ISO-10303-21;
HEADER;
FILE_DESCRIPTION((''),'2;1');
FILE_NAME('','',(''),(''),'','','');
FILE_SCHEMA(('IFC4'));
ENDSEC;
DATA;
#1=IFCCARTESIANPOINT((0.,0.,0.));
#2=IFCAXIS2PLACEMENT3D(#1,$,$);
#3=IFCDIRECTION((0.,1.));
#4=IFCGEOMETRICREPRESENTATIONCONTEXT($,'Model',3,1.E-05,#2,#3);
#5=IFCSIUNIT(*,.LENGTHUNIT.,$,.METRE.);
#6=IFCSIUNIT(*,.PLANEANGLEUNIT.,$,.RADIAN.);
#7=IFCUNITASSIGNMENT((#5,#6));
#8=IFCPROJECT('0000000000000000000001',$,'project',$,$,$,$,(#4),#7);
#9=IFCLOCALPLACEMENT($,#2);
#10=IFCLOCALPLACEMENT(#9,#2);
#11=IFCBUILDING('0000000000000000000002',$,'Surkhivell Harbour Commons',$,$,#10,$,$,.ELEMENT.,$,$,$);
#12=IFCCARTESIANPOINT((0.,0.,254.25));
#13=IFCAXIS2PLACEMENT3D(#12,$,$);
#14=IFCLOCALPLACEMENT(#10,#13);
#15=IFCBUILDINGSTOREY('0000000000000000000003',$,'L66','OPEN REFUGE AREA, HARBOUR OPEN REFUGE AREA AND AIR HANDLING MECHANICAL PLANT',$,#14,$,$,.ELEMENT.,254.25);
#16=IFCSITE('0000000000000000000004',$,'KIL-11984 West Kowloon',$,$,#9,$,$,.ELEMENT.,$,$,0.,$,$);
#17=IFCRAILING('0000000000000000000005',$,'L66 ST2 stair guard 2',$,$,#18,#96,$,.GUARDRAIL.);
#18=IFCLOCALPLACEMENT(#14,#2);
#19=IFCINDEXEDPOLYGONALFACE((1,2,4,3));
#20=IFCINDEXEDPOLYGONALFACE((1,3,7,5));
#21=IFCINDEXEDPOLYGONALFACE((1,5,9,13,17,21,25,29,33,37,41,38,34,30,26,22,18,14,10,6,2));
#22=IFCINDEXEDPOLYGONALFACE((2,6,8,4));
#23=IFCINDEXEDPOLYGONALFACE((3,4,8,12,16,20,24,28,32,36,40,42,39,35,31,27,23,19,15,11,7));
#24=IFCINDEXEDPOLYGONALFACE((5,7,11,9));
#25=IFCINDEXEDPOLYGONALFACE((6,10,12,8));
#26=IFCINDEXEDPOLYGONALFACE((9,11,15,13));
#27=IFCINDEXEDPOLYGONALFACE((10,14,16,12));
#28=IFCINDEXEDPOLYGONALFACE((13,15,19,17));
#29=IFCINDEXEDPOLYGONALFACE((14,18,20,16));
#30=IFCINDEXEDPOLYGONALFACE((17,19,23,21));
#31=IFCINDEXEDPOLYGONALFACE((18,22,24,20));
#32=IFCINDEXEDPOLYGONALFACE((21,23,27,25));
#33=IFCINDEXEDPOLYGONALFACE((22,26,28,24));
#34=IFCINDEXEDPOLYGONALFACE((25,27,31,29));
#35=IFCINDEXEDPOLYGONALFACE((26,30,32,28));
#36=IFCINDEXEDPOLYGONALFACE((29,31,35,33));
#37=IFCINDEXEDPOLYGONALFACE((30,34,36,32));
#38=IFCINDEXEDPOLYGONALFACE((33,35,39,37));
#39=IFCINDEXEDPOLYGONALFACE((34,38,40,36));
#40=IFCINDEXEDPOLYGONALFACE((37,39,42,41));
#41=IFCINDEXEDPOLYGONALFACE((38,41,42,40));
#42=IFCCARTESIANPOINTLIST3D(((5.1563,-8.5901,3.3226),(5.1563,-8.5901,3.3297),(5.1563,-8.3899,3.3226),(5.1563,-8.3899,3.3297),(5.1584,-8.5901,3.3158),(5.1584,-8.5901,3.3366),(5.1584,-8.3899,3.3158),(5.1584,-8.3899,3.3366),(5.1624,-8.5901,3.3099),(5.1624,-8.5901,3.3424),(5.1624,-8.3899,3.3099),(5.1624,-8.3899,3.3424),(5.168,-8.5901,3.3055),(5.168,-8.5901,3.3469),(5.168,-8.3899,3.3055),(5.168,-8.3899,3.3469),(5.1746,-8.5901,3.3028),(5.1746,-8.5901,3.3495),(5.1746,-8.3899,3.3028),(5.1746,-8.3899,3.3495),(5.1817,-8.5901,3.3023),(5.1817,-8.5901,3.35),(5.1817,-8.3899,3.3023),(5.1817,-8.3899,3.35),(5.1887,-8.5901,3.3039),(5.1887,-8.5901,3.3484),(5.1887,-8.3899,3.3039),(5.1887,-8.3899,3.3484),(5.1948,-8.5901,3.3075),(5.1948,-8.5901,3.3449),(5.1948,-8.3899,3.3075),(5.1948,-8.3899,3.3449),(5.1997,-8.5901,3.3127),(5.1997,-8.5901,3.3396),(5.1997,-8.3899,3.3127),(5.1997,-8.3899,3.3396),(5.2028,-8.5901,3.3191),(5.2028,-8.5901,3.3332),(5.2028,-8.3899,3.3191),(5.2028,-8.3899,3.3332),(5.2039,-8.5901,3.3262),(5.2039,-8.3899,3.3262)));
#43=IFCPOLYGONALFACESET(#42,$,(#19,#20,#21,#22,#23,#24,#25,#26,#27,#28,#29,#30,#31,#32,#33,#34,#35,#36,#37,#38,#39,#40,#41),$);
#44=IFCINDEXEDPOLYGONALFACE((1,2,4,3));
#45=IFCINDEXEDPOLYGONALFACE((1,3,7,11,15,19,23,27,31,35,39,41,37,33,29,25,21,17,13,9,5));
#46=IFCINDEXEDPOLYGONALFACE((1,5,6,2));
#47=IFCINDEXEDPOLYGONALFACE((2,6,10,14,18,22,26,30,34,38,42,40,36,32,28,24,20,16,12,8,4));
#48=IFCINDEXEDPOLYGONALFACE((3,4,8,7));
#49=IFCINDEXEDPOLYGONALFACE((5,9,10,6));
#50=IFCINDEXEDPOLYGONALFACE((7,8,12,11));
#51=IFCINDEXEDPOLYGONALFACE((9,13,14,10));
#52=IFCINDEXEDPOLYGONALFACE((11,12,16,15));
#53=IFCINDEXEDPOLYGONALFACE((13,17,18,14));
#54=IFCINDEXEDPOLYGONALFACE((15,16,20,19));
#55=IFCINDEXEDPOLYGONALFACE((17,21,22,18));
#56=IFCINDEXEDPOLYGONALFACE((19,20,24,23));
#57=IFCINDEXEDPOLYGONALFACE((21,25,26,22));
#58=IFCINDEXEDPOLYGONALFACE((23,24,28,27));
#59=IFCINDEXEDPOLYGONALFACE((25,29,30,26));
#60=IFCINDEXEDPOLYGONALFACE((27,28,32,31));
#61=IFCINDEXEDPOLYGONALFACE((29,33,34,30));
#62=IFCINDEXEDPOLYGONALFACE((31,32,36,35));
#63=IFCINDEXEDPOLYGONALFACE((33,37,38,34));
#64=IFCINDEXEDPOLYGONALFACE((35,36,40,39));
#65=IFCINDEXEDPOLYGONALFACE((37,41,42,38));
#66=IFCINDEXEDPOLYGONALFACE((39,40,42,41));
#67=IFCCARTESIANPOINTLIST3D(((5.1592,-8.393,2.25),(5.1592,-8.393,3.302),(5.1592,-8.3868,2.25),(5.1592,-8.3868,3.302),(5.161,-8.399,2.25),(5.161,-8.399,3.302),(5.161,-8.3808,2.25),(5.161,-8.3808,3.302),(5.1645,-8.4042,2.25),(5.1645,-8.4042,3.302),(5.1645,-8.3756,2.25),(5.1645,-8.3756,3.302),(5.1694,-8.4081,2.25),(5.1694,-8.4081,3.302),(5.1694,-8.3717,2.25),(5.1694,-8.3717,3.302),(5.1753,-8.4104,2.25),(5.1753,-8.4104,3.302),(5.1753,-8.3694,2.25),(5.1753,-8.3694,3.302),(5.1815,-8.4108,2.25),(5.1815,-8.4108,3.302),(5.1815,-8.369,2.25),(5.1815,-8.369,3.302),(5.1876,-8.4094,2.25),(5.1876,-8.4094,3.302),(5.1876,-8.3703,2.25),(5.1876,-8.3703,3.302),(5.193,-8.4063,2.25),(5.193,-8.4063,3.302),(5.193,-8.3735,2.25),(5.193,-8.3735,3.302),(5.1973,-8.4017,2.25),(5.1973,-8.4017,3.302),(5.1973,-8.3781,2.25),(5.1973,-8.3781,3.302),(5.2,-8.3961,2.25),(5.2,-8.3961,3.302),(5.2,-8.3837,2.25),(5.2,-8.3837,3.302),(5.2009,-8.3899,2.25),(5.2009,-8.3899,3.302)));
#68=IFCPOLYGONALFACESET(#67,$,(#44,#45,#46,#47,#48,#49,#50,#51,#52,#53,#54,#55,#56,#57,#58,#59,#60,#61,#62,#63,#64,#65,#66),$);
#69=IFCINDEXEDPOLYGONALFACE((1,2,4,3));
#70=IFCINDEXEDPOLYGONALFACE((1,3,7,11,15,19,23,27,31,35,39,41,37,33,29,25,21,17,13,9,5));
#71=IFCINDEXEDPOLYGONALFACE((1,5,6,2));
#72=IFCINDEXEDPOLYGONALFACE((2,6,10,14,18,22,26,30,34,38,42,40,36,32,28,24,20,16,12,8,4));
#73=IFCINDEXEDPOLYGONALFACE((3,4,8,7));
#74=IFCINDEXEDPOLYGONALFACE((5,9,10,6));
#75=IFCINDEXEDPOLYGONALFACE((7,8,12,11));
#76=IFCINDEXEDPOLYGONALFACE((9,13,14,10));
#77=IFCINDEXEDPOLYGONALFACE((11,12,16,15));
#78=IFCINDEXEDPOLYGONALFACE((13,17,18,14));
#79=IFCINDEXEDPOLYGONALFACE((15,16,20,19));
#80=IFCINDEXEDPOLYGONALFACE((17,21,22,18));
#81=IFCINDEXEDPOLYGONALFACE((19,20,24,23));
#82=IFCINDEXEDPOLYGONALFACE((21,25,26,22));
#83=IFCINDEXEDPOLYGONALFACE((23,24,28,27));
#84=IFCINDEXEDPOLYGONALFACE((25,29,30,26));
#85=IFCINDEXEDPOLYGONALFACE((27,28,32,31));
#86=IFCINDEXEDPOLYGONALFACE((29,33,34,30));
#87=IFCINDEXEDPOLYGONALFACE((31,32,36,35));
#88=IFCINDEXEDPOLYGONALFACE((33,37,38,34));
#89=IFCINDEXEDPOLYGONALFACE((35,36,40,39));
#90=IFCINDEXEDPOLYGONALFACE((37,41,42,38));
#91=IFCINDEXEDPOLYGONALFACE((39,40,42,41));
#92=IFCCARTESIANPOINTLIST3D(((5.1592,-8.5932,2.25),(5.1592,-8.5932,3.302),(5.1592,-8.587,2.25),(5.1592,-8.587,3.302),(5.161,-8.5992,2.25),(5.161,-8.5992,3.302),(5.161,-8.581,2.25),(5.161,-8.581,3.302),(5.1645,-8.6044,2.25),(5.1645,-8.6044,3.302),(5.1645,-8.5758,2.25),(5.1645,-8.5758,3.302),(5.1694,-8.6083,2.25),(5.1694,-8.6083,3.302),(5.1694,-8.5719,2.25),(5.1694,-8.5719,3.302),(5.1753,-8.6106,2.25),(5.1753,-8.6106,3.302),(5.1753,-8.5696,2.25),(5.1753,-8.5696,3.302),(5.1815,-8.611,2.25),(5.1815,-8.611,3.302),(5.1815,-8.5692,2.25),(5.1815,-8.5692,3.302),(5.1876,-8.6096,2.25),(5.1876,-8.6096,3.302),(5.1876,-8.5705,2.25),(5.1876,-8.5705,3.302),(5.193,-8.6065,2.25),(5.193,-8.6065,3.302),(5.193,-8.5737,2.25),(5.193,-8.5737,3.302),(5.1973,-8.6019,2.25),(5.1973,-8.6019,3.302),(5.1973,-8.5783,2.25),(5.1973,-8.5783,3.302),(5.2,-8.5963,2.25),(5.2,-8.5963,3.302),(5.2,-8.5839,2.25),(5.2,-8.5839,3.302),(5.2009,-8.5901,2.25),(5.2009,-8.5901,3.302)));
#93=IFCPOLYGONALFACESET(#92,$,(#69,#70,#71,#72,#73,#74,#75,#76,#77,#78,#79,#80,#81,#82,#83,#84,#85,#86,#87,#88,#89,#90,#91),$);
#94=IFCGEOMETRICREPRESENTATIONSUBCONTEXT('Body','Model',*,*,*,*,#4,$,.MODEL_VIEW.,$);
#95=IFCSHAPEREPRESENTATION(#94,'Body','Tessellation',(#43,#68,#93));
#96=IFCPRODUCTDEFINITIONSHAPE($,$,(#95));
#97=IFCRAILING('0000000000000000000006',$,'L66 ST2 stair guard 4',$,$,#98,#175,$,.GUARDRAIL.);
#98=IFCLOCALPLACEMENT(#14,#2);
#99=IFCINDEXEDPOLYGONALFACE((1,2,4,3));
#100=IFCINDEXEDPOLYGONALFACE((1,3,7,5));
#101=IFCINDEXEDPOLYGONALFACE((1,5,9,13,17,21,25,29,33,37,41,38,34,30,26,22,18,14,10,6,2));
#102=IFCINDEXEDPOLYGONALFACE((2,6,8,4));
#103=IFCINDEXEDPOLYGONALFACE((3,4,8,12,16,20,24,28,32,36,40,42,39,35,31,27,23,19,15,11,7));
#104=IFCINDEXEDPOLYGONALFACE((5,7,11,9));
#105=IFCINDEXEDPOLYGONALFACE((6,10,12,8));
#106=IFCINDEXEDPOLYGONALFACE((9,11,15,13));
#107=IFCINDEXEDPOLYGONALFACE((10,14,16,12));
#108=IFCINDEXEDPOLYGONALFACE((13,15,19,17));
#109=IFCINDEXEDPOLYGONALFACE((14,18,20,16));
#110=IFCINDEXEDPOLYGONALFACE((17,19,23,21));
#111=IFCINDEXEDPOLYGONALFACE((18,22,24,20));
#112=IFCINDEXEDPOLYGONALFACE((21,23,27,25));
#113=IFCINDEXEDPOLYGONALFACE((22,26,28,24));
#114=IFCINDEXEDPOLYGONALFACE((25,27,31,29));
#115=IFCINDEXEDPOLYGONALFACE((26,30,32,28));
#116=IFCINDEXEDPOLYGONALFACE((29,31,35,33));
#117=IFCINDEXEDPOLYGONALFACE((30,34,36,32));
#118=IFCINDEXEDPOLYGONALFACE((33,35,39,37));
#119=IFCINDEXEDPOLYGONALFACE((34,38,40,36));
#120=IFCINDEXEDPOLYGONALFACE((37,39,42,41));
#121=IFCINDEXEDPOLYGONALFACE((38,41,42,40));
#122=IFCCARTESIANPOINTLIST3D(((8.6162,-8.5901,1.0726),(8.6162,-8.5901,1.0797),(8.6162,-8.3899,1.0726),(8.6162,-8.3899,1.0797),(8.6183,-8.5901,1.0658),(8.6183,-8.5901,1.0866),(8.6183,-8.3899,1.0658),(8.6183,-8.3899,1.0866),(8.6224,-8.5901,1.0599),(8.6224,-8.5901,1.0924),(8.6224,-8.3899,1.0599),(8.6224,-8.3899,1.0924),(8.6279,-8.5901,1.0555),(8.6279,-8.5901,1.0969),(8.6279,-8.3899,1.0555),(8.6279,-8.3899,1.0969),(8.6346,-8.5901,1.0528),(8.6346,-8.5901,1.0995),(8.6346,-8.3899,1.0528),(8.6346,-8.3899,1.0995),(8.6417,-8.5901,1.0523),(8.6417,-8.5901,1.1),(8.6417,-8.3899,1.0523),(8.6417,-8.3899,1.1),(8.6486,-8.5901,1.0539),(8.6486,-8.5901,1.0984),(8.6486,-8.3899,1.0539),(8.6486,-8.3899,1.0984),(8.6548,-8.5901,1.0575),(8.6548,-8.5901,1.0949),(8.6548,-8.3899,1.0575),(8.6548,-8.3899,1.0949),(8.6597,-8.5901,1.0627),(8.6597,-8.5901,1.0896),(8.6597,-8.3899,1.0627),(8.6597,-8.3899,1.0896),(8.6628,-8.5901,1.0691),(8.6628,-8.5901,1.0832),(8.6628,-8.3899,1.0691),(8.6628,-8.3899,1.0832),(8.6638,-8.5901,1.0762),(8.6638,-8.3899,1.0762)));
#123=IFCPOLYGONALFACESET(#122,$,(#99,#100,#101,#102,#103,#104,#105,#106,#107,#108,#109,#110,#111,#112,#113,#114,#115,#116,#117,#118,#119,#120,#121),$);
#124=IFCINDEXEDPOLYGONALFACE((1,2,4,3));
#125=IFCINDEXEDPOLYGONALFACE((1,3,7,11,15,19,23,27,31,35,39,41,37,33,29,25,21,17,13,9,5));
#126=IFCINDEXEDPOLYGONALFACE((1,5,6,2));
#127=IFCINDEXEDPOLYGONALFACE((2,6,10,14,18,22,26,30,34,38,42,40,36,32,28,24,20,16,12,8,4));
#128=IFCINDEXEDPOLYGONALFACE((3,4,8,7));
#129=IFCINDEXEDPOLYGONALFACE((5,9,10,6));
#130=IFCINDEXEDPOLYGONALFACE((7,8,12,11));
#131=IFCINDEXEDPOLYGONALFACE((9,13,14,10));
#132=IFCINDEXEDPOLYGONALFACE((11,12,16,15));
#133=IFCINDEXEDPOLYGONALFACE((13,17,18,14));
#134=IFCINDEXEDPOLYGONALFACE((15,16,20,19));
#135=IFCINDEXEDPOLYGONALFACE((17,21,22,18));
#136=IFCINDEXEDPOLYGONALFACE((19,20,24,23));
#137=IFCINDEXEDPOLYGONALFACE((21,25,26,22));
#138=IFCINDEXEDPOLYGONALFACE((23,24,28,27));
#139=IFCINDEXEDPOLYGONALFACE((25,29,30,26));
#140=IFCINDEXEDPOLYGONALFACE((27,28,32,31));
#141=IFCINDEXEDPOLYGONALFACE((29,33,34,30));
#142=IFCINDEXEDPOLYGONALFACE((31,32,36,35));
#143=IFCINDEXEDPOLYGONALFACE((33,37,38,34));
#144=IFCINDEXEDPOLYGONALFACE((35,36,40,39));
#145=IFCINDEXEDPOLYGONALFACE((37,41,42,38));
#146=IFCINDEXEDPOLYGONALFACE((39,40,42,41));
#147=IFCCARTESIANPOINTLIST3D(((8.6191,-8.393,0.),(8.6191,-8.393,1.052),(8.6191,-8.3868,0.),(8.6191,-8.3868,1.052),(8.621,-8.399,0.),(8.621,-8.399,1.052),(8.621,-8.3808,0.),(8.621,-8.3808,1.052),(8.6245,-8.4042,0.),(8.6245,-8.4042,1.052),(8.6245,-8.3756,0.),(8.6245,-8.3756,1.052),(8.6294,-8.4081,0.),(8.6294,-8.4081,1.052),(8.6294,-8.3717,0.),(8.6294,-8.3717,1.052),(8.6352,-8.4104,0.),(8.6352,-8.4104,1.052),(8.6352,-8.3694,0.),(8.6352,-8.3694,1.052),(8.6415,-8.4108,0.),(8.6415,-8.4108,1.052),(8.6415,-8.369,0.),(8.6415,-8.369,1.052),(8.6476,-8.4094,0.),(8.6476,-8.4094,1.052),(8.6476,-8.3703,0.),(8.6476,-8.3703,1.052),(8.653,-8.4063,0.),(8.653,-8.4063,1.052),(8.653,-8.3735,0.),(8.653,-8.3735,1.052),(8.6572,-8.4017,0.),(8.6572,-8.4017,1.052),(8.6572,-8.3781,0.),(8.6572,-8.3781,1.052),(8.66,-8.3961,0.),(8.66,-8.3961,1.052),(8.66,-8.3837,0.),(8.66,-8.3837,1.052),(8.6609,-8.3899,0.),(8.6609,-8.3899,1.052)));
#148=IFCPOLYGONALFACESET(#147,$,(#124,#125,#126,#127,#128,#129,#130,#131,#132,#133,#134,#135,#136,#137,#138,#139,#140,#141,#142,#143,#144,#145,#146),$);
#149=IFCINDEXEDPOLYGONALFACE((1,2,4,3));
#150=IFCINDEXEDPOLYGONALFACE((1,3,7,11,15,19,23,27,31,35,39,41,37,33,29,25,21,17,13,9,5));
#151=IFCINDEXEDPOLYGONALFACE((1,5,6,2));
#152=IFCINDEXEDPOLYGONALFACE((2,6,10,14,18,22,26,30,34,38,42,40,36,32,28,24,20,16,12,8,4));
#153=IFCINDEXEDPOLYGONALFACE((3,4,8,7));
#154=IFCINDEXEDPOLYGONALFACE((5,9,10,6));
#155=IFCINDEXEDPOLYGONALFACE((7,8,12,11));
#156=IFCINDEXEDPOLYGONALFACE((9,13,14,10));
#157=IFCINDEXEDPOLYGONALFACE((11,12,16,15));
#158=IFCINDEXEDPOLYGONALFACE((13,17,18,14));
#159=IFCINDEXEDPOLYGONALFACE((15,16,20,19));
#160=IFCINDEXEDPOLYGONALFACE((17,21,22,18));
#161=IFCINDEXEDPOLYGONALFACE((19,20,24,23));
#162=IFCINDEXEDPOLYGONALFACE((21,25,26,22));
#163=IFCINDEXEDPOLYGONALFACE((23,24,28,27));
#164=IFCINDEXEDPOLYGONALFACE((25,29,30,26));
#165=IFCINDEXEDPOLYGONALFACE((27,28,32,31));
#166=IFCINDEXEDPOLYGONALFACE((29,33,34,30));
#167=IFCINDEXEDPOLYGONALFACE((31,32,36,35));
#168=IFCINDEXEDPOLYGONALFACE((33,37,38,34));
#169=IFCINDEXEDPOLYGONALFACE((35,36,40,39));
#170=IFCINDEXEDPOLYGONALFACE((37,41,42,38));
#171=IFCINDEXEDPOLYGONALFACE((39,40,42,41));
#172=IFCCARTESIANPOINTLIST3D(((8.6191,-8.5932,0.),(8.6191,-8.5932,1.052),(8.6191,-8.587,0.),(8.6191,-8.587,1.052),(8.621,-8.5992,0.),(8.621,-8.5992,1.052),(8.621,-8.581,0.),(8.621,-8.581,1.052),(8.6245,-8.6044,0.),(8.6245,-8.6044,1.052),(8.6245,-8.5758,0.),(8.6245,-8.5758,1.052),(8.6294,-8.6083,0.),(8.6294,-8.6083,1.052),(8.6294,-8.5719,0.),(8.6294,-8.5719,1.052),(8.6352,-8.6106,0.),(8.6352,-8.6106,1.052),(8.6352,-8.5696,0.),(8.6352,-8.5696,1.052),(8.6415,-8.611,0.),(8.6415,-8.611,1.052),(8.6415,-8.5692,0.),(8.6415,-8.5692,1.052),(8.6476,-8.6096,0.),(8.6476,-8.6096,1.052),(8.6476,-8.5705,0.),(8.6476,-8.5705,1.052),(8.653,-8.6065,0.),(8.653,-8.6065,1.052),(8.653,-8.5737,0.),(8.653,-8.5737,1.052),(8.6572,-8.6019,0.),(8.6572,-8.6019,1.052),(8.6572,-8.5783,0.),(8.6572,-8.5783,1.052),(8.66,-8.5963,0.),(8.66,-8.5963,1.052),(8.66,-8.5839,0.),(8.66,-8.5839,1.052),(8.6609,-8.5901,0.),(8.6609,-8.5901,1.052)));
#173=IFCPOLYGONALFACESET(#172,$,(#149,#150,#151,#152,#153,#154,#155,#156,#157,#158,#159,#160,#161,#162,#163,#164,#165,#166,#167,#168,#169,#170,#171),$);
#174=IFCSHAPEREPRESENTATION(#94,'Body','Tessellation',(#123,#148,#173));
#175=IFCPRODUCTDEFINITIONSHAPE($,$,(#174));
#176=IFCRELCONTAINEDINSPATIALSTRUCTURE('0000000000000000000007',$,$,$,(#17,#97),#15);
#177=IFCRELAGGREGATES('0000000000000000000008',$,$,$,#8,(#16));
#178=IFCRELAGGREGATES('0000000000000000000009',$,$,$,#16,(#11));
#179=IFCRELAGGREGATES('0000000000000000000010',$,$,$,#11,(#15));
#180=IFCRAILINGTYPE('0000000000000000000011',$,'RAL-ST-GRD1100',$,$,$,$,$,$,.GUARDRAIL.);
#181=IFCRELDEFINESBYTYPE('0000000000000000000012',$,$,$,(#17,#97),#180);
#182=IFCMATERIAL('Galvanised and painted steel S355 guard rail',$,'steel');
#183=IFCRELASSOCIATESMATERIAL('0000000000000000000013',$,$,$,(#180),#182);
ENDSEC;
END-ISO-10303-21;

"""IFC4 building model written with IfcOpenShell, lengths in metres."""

from ifc_helpers import new_model, si_unit, direction, frame, origin, origin_2d, place, context, subcontext, project, spatial, circle, extrude, material, type_object, element, save


model = new_model("IFC4")

# Units and contexts
model_context = context("Model", 3, precision=1e-05, world=origin(), true_north=direction((0.0, 1.0)))
body_context = subcontext(model_context, "Body", "Model", "MODEL_VIEW")
ifc_project = project(units=[si_unit("LENGTHUNIT", "METRE"), si_unit("PLANEANGLEUNIT", "RADIAN")], contexts=[model_context])

# Site, building, storey
site_placement = place(None, origin())
site = spatial("IfcSite", under=ifc_project, at=site_placement, Name="KIL-11984 West Kowloon", CompositionType="ELEMENT", RefElevation=0.0)
building_placement = place(site_placement, origin())
building = spatial("IfcBuilding", under=site, at=building_placement, Name="Surkhivell Harbour Commons", CompositionType="ELEMENT")
storey_placement = place(building_placement, frame((0.0, 0.0, 254.25)))
storey = spatial("IfcBuildingStorey", under=building, at=storey_placement, Name="L66", Description="OPEN REFUGE AREA, HARBOUR OPEN REFUGE AREA AND AIR HANDLING MECHANICAL PLANT", CompositionType="ELEMENT", Elevation=254.25)

# Railings
ifc_material_1 = material(Name="Galvanised and painted steel S355 guard rail", Category="steel")
railing_type_1 = type_object("IfcRailingType", Name="RAL-ST-GRD1100", PredefinedType="GUARDRAIL", material=ifc_material_1)
for number, where, name in (
    (1, (5.1799, -8.3899, 2.25), "L66 ST2 stair guard 2"),
    (2, (8.6399, -8.3899, 0.0), "L66 ST2 stair guard 4"),
):
    element("IfcRailing", number, at=place(storey_placement, frame(where)), inside=storey, type_object=railing_type_1, Name=name, PredefinedType="GUARDRAIL", context=body_context, shape_type="SweptSolid", body=[
        extrude(circle(Radius=0.0239, at=origin_2d()), frame((0.0, 0.0, 1.0762), z_axis=(0.0, -1.0, 0.0), x_axis=(1.0, 0.0, 0.0)), (0.0, 0.0, 1.0), 0.2002),
        extrude(circle(Radius=0.021, at=origin_2d()), origin(), (0.0, 0.0, 1.0), 1.052),
        extrude(circle(Radius=0.021, at=origin_2d()), frame((0.0, -0.2002, 0.0)), (0.0, 0.0, 1.0), 1.052),
    ])

save(model, "model.ifc")
